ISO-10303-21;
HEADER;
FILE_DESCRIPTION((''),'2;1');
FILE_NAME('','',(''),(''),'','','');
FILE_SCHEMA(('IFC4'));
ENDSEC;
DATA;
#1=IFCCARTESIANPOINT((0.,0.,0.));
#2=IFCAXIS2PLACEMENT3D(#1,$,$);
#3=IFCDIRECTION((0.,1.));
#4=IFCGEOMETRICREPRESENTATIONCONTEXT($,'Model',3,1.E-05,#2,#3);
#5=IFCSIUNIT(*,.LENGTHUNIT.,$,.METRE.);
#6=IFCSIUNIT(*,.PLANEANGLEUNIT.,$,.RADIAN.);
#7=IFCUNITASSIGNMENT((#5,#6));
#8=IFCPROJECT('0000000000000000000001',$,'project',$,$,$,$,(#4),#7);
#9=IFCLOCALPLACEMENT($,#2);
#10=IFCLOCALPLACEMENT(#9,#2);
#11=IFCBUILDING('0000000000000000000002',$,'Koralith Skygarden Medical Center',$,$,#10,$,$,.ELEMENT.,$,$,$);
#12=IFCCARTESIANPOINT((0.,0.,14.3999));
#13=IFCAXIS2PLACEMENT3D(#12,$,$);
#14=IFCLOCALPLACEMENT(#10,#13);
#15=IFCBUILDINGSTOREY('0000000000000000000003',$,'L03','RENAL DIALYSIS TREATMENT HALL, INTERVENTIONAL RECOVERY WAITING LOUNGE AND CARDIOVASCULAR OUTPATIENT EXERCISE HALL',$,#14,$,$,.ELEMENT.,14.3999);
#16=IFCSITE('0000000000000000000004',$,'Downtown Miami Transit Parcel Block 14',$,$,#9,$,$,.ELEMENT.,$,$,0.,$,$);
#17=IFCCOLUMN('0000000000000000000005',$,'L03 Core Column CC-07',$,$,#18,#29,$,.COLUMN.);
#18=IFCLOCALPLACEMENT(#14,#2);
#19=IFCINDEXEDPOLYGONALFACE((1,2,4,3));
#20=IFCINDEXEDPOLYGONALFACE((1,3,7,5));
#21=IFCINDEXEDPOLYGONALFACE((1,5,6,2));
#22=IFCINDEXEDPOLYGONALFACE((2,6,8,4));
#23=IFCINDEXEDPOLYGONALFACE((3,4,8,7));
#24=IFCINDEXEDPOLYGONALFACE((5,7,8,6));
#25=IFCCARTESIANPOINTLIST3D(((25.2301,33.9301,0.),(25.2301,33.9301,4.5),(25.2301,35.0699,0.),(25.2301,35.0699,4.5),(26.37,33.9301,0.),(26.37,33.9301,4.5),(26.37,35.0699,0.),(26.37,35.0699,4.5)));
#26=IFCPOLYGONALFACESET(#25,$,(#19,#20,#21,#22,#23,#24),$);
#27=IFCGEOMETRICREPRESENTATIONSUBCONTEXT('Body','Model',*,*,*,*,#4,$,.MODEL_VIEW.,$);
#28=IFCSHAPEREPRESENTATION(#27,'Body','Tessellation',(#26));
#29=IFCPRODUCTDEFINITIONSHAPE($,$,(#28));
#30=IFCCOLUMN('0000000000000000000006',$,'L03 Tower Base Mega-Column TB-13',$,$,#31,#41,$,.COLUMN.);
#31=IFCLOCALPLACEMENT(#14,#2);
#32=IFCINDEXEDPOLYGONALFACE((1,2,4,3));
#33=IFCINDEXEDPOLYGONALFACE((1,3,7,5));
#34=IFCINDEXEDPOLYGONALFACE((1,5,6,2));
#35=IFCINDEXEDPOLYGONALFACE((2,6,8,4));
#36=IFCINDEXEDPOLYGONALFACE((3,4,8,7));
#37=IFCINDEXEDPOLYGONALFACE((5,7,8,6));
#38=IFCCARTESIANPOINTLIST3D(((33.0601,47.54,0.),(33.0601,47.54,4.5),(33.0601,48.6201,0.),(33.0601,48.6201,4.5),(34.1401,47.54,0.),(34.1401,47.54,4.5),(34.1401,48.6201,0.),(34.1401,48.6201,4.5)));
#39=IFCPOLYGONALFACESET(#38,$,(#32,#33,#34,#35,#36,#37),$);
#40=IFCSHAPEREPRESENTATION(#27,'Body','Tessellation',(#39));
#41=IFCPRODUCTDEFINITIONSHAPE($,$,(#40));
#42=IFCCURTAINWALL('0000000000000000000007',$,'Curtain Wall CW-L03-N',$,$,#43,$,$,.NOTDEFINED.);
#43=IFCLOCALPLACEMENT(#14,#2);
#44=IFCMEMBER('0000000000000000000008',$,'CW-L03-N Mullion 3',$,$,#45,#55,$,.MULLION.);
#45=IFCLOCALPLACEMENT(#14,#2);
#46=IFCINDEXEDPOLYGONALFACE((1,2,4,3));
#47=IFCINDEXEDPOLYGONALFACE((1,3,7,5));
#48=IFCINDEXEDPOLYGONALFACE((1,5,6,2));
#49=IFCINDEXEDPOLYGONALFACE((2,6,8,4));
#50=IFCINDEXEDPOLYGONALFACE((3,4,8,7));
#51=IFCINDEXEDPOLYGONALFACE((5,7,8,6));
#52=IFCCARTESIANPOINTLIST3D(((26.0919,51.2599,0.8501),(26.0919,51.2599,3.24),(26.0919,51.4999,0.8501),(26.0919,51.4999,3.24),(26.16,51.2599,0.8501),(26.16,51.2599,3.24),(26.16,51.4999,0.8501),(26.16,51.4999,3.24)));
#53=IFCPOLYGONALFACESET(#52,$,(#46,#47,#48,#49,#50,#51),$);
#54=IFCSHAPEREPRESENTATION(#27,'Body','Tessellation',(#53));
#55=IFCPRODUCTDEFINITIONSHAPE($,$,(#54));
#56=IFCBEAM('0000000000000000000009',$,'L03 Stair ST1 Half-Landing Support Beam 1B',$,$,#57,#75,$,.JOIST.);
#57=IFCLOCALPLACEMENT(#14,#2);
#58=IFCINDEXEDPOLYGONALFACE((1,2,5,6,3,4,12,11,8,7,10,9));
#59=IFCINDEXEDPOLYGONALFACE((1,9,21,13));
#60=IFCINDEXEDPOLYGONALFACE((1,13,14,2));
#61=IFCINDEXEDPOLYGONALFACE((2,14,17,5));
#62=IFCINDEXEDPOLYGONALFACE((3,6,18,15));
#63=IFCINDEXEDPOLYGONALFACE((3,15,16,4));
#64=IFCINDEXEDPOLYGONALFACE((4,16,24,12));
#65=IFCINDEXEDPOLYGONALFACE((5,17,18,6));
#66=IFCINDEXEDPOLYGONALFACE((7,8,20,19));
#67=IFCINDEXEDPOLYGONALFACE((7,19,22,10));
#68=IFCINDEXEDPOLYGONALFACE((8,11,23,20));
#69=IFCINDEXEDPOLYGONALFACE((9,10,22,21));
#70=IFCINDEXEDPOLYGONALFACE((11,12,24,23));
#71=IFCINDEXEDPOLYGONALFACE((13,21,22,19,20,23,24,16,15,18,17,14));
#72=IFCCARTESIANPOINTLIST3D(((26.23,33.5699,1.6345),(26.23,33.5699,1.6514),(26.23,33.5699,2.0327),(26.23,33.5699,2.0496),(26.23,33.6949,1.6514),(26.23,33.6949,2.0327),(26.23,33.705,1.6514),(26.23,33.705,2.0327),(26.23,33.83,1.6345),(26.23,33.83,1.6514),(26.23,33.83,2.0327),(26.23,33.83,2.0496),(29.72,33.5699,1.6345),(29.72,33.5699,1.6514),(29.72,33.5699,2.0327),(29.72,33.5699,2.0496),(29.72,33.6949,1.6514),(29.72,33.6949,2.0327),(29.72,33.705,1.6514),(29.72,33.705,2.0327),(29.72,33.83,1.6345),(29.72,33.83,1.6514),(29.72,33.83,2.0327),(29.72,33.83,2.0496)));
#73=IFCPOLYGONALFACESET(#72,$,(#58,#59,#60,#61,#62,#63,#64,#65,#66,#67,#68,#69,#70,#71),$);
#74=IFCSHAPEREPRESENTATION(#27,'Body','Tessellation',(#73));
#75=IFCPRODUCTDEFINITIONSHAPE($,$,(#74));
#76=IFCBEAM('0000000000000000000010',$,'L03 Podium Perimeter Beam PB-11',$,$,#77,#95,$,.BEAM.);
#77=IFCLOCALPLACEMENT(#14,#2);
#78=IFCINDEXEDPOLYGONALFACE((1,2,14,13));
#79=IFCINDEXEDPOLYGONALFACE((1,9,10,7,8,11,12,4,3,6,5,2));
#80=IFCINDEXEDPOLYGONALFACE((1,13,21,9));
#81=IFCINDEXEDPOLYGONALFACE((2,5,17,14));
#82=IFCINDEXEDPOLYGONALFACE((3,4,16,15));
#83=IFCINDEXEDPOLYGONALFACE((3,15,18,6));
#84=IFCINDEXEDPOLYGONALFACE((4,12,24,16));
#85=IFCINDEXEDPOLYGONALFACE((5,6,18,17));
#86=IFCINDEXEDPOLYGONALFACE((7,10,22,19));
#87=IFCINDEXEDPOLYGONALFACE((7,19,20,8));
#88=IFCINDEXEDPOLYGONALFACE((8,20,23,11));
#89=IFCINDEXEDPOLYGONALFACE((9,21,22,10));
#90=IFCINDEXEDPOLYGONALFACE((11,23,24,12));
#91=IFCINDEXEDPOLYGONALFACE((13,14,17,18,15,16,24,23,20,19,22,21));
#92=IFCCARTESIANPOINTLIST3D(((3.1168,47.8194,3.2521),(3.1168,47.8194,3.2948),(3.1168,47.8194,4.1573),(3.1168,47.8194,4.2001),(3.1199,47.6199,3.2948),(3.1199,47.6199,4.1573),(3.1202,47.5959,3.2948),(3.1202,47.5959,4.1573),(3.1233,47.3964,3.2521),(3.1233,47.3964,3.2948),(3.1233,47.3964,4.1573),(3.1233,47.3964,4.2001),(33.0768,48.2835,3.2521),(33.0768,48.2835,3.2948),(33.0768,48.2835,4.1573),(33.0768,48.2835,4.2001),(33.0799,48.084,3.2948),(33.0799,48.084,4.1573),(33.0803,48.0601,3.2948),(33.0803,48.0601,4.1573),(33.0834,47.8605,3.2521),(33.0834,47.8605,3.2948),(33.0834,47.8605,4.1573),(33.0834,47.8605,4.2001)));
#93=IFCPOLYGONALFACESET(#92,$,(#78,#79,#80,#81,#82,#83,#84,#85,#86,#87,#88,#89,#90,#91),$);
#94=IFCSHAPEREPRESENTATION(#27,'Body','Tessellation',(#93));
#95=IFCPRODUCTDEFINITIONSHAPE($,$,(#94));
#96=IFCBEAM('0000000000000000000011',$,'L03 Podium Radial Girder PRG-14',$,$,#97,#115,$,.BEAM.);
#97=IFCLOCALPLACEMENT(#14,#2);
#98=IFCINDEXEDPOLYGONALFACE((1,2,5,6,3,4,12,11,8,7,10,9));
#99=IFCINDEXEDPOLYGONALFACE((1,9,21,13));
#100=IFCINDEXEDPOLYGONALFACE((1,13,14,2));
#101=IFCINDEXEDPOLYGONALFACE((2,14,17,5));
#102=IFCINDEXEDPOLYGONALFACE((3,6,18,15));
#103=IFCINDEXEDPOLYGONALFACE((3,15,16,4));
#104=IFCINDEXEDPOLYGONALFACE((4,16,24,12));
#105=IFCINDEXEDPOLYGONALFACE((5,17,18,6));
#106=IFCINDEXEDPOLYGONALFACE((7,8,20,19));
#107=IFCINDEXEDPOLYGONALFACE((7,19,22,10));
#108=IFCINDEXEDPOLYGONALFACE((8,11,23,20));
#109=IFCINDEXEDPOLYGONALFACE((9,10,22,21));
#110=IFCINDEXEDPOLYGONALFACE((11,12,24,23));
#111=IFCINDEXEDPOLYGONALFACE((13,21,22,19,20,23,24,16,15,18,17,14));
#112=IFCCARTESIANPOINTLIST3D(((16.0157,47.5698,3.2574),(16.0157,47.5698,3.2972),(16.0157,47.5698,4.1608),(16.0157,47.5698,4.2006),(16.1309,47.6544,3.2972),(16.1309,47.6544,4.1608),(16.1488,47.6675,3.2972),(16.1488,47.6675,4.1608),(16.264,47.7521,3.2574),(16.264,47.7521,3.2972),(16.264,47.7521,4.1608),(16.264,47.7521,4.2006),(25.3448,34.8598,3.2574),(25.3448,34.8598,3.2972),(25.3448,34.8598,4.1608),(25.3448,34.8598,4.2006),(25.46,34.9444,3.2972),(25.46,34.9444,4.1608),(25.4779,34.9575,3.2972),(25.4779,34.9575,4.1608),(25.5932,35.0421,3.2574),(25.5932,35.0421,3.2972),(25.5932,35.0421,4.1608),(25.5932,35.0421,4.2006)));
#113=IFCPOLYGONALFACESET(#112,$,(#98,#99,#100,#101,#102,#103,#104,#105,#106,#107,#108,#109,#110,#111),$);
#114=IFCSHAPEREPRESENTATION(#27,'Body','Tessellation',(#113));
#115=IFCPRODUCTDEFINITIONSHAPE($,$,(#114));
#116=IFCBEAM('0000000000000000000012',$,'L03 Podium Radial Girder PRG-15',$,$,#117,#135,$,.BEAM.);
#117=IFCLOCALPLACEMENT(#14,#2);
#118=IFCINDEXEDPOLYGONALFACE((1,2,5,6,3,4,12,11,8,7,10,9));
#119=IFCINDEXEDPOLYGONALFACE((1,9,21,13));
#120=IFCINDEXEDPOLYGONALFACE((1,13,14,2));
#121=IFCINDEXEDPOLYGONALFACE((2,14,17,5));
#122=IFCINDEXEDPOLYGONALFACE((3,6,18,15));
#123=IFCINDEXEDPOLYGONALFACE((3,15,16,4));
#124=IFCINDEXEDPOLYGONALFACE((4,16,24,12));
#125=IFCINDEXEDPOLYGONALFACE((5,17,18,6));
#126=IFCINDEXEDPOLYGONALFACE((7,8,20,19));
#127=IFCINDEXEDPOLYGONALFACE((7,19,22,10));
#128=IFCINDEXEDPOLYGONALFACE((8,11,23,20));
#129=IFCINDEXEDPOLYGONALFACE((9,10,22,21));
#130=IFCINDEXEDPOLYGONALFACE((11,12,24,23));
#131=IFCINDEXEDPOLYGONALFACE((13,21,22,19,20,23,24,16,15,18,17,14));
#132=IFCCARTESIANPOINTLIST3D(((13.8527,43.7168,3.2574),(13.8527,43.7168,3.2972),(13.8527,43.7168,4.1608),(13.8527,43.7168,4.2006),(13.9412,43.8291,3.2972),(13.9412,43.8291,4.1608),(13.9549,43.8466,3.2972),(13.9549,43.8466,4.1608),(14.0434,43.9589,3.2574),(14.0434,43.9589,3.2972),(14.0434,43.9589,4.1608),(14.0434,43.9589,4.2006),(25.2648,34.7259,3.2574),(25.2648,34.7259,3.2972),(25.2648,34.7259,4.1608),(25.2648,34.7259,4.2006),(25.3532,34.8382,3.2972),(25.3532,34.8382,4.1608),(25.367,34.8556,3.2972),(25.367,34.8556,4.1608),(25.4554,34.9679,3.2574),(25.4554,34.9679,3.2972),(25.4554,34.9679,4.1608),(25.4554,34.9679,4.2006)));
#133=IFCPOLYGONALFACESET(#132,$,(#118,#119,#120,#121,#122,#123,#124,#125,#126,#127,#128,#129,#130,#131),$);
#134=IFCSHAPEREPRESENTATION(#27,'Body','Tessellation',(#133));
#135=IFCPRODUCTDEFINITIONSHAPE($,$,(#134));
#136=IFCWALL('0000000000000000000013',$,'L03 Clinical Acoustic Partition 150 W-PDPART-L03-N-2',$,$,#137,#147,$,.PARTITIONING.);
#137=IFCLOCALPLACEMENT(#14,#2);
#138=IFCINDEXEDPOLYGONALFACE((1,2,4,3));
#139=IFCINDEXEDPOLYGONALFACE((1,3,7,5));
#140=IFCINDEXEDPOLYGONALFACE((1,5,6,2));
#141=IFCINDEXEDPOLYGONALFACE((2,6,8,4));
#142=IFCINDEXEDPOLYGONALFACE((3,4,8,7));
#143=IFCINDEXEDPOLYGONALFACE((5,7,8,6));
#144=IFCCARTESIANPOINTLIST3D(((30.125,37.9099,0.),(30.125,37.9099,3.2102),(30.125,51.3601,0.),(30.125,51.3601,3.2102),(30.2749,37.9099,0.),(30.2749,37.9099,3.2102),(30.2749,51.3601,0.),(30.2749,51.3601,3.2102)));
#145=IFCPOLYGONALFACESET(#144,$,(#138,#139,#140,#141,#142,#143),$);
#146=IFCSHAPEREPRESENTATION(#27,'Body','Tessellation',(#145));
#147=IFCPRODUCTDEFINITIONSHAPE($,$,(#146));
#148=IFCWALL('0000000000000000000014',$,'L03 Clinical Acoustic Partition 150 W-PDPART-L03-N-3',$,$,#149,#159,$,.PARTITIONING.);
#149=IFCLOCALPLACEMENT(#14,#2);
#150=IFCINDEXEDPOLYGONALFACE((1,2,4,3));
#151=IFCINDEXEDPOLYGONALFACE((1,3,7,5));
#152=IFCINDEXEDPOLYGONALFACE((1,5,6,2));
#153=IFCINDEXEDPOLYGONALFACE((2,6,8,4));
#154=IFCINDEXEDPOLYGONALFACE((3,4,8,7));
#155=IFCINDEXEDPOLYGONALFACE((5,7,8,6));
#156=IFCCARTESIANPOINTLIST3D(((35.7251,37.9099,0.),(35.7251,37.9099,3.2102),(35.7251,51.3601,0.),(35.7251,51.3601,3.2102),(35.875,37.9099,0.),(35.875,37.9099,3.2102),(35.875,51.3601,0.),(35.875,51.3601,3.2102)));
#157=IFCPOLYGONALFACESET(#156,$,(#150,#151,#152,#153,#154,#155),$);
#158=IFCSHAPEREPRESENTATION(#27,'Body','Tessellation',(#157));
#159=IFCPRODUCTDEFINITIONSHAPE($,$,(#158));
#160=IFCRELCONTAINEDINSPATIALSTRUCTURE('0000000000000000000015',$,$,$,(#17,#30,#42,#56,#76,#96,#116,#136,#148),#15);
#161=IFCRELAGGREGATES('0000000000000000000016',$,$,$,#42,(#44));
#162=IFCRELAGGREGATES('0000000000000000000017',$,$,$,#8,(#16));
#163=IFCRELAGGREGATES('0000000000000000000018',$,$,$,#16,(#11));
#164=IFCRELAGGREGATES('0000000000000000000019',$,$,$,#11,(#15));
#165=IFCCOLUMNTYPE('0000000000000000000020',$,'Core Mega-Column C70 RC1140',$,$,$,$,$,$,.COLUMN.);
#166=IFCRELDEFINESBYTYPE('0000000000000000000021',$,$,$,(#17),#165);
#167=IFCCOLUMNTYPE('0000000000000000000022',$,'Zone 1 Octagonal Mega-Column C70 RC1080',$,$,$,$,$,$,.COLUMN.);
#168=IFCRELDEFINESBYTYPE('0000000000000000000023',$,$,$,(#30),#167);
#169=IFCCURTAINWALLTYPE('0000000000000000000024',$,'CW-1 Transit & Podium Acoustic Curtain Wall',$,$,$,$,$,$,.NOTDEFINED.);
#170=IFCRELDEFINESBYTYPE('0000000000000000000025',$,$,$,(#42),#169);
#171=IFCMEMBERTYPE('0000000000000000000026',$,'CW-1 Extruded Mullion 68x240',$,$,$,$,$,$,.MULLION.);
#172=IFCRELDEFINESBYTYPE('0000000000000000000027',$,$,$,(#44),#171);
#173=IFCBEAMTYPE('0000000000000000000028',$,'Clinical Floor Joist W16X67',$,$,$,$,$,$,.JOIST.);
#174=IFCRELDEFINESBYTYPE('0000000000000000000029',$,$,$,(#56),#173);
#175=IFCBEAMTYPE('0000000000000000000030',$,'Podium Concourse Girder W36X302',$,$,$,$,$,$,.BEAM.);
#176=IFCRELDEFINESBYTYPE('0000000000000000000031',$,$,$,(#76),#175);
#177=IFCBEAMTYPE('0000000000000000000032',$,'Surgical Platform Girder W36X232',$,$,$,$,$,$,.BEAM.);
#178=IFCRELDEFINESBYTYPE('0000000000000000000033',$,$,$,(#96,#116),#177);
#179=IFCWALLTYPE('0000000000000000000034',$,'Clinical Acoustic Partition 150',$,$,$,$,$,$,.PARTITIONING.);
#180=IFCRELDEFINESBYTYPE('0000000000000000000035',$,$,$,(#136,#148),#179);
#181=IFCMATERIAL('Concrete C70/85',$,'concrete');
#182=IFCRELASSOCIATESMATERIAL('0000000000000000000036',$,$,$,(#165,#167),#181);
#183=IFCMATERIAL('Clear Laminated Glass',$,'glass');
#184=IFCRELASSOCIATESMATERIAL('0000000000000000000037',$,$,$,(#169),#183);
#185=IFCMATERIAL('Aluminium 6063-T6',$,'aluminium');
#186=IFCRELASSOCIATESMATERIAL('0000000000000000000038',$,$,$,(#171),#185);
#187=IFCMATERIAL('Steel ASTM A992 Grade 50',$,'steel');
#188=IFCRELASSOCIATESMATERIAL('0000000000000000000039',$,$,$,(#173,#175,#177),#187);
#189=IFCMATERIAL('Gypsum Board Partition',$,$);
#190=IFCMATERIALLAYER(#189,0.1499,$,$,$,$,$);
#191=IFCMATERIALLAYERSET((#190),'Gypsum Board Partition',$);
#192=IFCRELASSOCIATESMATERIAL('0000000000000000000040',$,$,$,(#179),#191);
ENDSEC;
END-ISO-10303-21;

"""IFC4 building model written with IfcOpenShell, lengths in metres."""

from ifc_helpers import new_model, si_unit, direction, frame, frame_2d, origin, origin_2d, place, context, subcontext, project, spatial, rectangle, i_section, extrude, material, layer, layer_set, material_profile, profile_set, type_object, element, aggregate, save


model = new_model("IFC4")

# Units and contexts
model_context = context("Model", 3, precision=1e-05, world=origin(), true_north=direction((0.0, 1.0)))
body_context = subcontext(model_context, "Body", "Model", "MODEL_VIEW")
ifc_project = project(units=[si_unit("LENGTHUNIT", "METRE"), si_unit("PLANEANGLEUNIT", "RADIAN")], contexts=[model_context])

# Site, building, storey
site_placement = place(None, origin())
site = spatial("IfcSite", under=ifc_project, at=site_placement, Name="Downtown Miami Transit Parcel Block 14", CompositionType="ELEMENT", RefElevation=0.0)
building_placement = place(site_placement, origin())
building = spatial("IfcBuilding", under=site, at=building_placement, Name="Koralith Skygarden Medical Center", CompositionType="ELEMENT")
storey_placement = place(building_placement, frame((0.0, 0.0, 14.3999)))
storey = spatial("IfcBuildingStorey", under=building, at=storey_placement, Name="L03", Description="RENAL DIALYSIS TREATMENT HALL, INTERVENTIONAL RECOVERY WAITING LOUNGE AND CARDIOVASCULAR OUTPATIENT EXERCISE HALL", CompositionType="ELEMENT", Elevation=14.3999)

# Columns
ifc_material_1 = material(Name="Concrete C70/85", Category="concrete")
ifc_material_profile_1 = material_profile(ifc_material_1, rectangle(XDim=1.1399, YDim=1.1399, at=origin_2d()), Name="RC1140X1140")
ifc_profile_set_1 = profile_set([ifc_material_profile_1], Name="Concrete C70/85")
column_type_1 = type_object("IfcColumnType", Name="Core Mega-Column C70 RC1140", PredefinedType="COLUMN", material=ifc_profile_set_1)
column_1_placement = place(storey_placement, frame((25.8, 34.5, 0.0), z_axis=(0.0, 0.0, 1.0), x_axis=(1.0, 0.0, 0.0)))
element("IfcColumn", 1, at=column_1_placement, inside=storey, type_object=column_type_1, Name="L03 Core Column CC-07", PredefinedType="COLUMN", context=body_context, shape_type="SweptSolid", body=[
    extrude(rectangle(XDim=1.1399, YDim=1.1399, at=origin_2d()), origin(), (0.0, 0.0, 1.0), 4.5),
])
ifc_material_profile_2 = material_profile(ifc_material_1, rectangle(XDim=1.0801, YDim=1.0801, at=origin_2d()), Name="RC1080X1080")
ifc_profile_set_2 = profile_set([ifc_material_profile_2], Name="Concrete C70/85")
column_type_2 = type_object("IfcColumnType", Name="Zone 1 Octagonal Mega-Column C70 RC1080", PredefinedType="COLUMN", material=ifc_profile_set_2)
column_2_placement = place(storey_placement, frame((33.6001, 48.0801, 0.0), z_axis=(0.0, 0.0, 1.0), x_axis=(1.0, 0.0, 0.0)))
element("IfcColumn", 2, at=column_2_placement, inside=storey, type_object=column_type_2, Name="L03 Tower Base Mega-Column TB-13", PredefinedType="COLUMN", context=body_context, shape_type="SweptSolid", body=[
    extrude(rectangle(XDim=1.0801, YDim=1.0801, at=origin_2d()), origin(), (0.0, 0.0, 1.0), 4.5),
])

# Curtain wall, member
ifc_material_2 = material(Name="Clear Laminated Glass", Category="glass")
curtain_wall_type = type_object("IfcCurtainWallType", Name="CW-1 Transit & Podium Acoustic Curtain Wall", PredefinedType="NOTDEFINED", material=ifc_material_2)
curtain_wall_placement = place(storey_placement, origin())
curtain_wall = element("IfcCurtainWall", 3, at=curtain_wall_placement, inside=storey, type_object=curtain_wall_type, Name="Curtain Wall CW-L03-N", PredefinedType="NOTDEFINED")
ifc_material_3 = material(Name="Aluminium 6063-T6", Category="aluminium")
ifc_material_profile_3 = material_profile(ifc_material_3, rectangle(XDim=0.0681, YDim=0.24, at=origin_2d()), Name="MUL68X240")
ifc_profile_set_3 = profile_set([ifc_material_profile_3], Name="Aluminium 6063-T6")
member_type = type_object("IfcMemberType", Name="CW-1 Extruded Mullion 68x240", PredefinedType="MULLION", material=ifc_profile_set_3)
member_placement = place(storey_placement, frame((26.126, 51.3799, 0.8501), z_axis=(0.0, 0.0, 1.0), x_axis=(1.0, 0.0, 0.0)))
member = element("IfcMember", 4, at=member_placement, type_object=member_type, Name="CW-L03-N Mullion 3", PredefinedType="MULLION", context=body_context, shape_type="SweptSolid", body=[
    extrude(rectangle(XDim=0.0681, YDim=0.24, at=origin_2d()), origin(), (0.0, 0.0, 1.0), 2.3899),
])
aggregate(curtain_wall, [member])

# Beams
ifc_material_4 = material(Name="Steel ASTM A992 Grade 50", Category="steel")
ifc_material_profile_4 = material_profile(ifc_material_4, i_section(OverallWidth=0.26, OverallDepth=0.415, WebThickness=0.01, FlangeThickness=0.0168, at=origin_2d()), Name="W16X67")
ifc_profile_set_4 = profile_set([ifc_material_profile_4], Name="Steel ASTM A992 Grade 50")
beam_type_1 = type_object("IfcBeamType", Name="Clinical Floor Joist W16X67", PredefinedType="JOIST", material=ifc_profile_set_4)
beam_1_placement = place(storey_placement, frame((26.23, 33.7, 1.842), z_axis=(1.0, 0.0, 0.0), x_axis=(0.0, 1.0, 0.0)))
element("IfcBeam", 5, at=beam_1_placement, inside=storey, type_object=beam_type_1, Name="L03 Stair ST1 Half-Landing Support Beam 1B", PredefinedType="JOIST", context=body_context, shape_type="SweptSolid", body=[
    extrude(i_section(OverallWidth=0.26, OverallDepth=0.415, WebThickness=0.01, FlangeThickness=0.0168, at=origin_2d()), origin(), (0.0, 0.0, 1.0), 3.49),
])
ifc_material_profile_5 = material_profile(ifc_material_4, i_section(OverallWidth=0.4231, OverallDepth=0.948, WebThickness=0.0239, FlangeThickness=0.0427, at=origin_2d()), Name="W36X302")
ifc_profile_set_5 = profile_set([ifc_material_profile_5], Name="Steel ASTM A992 Grade 50")
beam_type_2 = type_object("IfcBeamType", Name="Podium Concourse Girder W36X302", PredefinedType="BEAM", material=ifc_profile_set_5)
beam_2_placement = place(storey_placement, frame((33.0801, 48.072, 3.7261), z_axis=(-0.99988, -0.015489, 0.0), x_axis=(0.015489, -0.99988, 0.0)))
element("IfcBeam", 6, at=beam_2_placement, inside=storey, type_object=beam_type_2, Name="L03 Podium Perimeter Beam PB-11", PredefinedType="BEAM", context=body_context, shape_type="SweptSolid", body=[
    extrude(i_section(OverallWidth=0.4231, OverallDepth=0.948, WebThickness=0.0239, FlangeThickness=0.0427, at=origin_2d()), origin(), (0.0, 0.0, 1.0), 29.9636),
])
ifc_material_profile_6 = material_profile(ifc_material_4, i_section(OverallWidth=0.3081, OverallDepth=0.9431, WebThickness=0.0222, FlangeThickness=0.0398, at=origin_2d()), Name="W36X232")
ifc_profile_set_6 = profile_set([ifc_material_profile_6], Name="Steel ASTM A992 Grade 50")
beam_type_3 = type_object("IfcBeamType", Name="Surgical Platform Girder W36X232", PredefinedType="BEAM", material=ifc_profile_set_6)
beam_3_placement = place(storey_placement, frame((25.469, 34.9509, 3.729), z_axis=(-0.591713, 0.806149, 0.0), x_axis=(-0.806149, -0.591713, 0.0)))
element("IfcBeam", 7, at=beam_3_placement, inside=storey, type_object=beam_type_3, Name="L03 Podium Radial Girder PRG-14", PredefinedType="BEAM", context=body_context, shape_type="SweptSolid", body=[
    extrude(i_section(OverallWidth=0.3081, OverallDepth=0.9431, WebThickness=0.0222, FlangeThickness=0.0398, at=origin_2d()), origin(), (0.0, 0.0, 1.0), 15.7664),
])
beam_4_placement = place(storey_placement, frame((25.3601, 34.8469, 3.729), z_axis=(-0.785505, 0.618856, 0.0), x_axis=(-0.618856, -0.785505, 0.0)))
element("IfcBeam", 8, at=beam_4_placement, inside=storey, type_object=beam_type_3, Name="L03 Podium Radial Girder PRG-15", PredefinedType="BEAM", context=body_context, shape_type="SweptSolid", body=[
    extrude(i_section(OverallWidth=0.3081, OverallDepth=0.9431, WebThickness=0.0222, FlangeThickness=0.0398, at=origin_2d()), origin(), (0.0, 0.0, 1.0), 14.5283),
])

# Walls
ifc_material_5 = material(Name="Gypsum Board Partition")
ifc_layer_1 = layer(ifc_material_5, 0.1499)
ifc_layer_set_1 = layer_set([ifc_layer_1], Name="Gypsum Board Partition")
wall_type_1 = type_object("IfcWallType", Name="Clinical Acoustic Partition 150", PredefinedType="PARTITIONING", material=ifc_layer_set_1)
for number, where, z_axis, x_axis, name in (
    (9, (30.2, 37.9099, 0.0), (0.0, 0.0, 1.0), (0.0, 1.0, 0.0), "L03 Clinical Acoustic Partition 150 W-PDPART-L03-N-2"),
    (10, (35.8, 37.9099, 0.0), (0.0, 0.0, 1.0), (0.0, 1.0, 0.0), "L03 Clinical Acoustic Partition 150 W-PDPART-L03-N-3"),
):
    element("IfcWall", number, at=place(storey_placement, frame(where, z_axis=z_axis, x_axis=x_axis)), inside=storey, type_object=wall_type_1, Name=name, PredefinedType="PARTITIONING", context=body_context, shape_type="SweptSolid", body=[
        extrude(rectangle(XDim=13.4502, YDim=0.1499, at=frame_2d((6.7251, 0.0))), origin(), (0.0, 0.0, 1.0), 3.2102),
    ])

save(model, "model.ifc")
